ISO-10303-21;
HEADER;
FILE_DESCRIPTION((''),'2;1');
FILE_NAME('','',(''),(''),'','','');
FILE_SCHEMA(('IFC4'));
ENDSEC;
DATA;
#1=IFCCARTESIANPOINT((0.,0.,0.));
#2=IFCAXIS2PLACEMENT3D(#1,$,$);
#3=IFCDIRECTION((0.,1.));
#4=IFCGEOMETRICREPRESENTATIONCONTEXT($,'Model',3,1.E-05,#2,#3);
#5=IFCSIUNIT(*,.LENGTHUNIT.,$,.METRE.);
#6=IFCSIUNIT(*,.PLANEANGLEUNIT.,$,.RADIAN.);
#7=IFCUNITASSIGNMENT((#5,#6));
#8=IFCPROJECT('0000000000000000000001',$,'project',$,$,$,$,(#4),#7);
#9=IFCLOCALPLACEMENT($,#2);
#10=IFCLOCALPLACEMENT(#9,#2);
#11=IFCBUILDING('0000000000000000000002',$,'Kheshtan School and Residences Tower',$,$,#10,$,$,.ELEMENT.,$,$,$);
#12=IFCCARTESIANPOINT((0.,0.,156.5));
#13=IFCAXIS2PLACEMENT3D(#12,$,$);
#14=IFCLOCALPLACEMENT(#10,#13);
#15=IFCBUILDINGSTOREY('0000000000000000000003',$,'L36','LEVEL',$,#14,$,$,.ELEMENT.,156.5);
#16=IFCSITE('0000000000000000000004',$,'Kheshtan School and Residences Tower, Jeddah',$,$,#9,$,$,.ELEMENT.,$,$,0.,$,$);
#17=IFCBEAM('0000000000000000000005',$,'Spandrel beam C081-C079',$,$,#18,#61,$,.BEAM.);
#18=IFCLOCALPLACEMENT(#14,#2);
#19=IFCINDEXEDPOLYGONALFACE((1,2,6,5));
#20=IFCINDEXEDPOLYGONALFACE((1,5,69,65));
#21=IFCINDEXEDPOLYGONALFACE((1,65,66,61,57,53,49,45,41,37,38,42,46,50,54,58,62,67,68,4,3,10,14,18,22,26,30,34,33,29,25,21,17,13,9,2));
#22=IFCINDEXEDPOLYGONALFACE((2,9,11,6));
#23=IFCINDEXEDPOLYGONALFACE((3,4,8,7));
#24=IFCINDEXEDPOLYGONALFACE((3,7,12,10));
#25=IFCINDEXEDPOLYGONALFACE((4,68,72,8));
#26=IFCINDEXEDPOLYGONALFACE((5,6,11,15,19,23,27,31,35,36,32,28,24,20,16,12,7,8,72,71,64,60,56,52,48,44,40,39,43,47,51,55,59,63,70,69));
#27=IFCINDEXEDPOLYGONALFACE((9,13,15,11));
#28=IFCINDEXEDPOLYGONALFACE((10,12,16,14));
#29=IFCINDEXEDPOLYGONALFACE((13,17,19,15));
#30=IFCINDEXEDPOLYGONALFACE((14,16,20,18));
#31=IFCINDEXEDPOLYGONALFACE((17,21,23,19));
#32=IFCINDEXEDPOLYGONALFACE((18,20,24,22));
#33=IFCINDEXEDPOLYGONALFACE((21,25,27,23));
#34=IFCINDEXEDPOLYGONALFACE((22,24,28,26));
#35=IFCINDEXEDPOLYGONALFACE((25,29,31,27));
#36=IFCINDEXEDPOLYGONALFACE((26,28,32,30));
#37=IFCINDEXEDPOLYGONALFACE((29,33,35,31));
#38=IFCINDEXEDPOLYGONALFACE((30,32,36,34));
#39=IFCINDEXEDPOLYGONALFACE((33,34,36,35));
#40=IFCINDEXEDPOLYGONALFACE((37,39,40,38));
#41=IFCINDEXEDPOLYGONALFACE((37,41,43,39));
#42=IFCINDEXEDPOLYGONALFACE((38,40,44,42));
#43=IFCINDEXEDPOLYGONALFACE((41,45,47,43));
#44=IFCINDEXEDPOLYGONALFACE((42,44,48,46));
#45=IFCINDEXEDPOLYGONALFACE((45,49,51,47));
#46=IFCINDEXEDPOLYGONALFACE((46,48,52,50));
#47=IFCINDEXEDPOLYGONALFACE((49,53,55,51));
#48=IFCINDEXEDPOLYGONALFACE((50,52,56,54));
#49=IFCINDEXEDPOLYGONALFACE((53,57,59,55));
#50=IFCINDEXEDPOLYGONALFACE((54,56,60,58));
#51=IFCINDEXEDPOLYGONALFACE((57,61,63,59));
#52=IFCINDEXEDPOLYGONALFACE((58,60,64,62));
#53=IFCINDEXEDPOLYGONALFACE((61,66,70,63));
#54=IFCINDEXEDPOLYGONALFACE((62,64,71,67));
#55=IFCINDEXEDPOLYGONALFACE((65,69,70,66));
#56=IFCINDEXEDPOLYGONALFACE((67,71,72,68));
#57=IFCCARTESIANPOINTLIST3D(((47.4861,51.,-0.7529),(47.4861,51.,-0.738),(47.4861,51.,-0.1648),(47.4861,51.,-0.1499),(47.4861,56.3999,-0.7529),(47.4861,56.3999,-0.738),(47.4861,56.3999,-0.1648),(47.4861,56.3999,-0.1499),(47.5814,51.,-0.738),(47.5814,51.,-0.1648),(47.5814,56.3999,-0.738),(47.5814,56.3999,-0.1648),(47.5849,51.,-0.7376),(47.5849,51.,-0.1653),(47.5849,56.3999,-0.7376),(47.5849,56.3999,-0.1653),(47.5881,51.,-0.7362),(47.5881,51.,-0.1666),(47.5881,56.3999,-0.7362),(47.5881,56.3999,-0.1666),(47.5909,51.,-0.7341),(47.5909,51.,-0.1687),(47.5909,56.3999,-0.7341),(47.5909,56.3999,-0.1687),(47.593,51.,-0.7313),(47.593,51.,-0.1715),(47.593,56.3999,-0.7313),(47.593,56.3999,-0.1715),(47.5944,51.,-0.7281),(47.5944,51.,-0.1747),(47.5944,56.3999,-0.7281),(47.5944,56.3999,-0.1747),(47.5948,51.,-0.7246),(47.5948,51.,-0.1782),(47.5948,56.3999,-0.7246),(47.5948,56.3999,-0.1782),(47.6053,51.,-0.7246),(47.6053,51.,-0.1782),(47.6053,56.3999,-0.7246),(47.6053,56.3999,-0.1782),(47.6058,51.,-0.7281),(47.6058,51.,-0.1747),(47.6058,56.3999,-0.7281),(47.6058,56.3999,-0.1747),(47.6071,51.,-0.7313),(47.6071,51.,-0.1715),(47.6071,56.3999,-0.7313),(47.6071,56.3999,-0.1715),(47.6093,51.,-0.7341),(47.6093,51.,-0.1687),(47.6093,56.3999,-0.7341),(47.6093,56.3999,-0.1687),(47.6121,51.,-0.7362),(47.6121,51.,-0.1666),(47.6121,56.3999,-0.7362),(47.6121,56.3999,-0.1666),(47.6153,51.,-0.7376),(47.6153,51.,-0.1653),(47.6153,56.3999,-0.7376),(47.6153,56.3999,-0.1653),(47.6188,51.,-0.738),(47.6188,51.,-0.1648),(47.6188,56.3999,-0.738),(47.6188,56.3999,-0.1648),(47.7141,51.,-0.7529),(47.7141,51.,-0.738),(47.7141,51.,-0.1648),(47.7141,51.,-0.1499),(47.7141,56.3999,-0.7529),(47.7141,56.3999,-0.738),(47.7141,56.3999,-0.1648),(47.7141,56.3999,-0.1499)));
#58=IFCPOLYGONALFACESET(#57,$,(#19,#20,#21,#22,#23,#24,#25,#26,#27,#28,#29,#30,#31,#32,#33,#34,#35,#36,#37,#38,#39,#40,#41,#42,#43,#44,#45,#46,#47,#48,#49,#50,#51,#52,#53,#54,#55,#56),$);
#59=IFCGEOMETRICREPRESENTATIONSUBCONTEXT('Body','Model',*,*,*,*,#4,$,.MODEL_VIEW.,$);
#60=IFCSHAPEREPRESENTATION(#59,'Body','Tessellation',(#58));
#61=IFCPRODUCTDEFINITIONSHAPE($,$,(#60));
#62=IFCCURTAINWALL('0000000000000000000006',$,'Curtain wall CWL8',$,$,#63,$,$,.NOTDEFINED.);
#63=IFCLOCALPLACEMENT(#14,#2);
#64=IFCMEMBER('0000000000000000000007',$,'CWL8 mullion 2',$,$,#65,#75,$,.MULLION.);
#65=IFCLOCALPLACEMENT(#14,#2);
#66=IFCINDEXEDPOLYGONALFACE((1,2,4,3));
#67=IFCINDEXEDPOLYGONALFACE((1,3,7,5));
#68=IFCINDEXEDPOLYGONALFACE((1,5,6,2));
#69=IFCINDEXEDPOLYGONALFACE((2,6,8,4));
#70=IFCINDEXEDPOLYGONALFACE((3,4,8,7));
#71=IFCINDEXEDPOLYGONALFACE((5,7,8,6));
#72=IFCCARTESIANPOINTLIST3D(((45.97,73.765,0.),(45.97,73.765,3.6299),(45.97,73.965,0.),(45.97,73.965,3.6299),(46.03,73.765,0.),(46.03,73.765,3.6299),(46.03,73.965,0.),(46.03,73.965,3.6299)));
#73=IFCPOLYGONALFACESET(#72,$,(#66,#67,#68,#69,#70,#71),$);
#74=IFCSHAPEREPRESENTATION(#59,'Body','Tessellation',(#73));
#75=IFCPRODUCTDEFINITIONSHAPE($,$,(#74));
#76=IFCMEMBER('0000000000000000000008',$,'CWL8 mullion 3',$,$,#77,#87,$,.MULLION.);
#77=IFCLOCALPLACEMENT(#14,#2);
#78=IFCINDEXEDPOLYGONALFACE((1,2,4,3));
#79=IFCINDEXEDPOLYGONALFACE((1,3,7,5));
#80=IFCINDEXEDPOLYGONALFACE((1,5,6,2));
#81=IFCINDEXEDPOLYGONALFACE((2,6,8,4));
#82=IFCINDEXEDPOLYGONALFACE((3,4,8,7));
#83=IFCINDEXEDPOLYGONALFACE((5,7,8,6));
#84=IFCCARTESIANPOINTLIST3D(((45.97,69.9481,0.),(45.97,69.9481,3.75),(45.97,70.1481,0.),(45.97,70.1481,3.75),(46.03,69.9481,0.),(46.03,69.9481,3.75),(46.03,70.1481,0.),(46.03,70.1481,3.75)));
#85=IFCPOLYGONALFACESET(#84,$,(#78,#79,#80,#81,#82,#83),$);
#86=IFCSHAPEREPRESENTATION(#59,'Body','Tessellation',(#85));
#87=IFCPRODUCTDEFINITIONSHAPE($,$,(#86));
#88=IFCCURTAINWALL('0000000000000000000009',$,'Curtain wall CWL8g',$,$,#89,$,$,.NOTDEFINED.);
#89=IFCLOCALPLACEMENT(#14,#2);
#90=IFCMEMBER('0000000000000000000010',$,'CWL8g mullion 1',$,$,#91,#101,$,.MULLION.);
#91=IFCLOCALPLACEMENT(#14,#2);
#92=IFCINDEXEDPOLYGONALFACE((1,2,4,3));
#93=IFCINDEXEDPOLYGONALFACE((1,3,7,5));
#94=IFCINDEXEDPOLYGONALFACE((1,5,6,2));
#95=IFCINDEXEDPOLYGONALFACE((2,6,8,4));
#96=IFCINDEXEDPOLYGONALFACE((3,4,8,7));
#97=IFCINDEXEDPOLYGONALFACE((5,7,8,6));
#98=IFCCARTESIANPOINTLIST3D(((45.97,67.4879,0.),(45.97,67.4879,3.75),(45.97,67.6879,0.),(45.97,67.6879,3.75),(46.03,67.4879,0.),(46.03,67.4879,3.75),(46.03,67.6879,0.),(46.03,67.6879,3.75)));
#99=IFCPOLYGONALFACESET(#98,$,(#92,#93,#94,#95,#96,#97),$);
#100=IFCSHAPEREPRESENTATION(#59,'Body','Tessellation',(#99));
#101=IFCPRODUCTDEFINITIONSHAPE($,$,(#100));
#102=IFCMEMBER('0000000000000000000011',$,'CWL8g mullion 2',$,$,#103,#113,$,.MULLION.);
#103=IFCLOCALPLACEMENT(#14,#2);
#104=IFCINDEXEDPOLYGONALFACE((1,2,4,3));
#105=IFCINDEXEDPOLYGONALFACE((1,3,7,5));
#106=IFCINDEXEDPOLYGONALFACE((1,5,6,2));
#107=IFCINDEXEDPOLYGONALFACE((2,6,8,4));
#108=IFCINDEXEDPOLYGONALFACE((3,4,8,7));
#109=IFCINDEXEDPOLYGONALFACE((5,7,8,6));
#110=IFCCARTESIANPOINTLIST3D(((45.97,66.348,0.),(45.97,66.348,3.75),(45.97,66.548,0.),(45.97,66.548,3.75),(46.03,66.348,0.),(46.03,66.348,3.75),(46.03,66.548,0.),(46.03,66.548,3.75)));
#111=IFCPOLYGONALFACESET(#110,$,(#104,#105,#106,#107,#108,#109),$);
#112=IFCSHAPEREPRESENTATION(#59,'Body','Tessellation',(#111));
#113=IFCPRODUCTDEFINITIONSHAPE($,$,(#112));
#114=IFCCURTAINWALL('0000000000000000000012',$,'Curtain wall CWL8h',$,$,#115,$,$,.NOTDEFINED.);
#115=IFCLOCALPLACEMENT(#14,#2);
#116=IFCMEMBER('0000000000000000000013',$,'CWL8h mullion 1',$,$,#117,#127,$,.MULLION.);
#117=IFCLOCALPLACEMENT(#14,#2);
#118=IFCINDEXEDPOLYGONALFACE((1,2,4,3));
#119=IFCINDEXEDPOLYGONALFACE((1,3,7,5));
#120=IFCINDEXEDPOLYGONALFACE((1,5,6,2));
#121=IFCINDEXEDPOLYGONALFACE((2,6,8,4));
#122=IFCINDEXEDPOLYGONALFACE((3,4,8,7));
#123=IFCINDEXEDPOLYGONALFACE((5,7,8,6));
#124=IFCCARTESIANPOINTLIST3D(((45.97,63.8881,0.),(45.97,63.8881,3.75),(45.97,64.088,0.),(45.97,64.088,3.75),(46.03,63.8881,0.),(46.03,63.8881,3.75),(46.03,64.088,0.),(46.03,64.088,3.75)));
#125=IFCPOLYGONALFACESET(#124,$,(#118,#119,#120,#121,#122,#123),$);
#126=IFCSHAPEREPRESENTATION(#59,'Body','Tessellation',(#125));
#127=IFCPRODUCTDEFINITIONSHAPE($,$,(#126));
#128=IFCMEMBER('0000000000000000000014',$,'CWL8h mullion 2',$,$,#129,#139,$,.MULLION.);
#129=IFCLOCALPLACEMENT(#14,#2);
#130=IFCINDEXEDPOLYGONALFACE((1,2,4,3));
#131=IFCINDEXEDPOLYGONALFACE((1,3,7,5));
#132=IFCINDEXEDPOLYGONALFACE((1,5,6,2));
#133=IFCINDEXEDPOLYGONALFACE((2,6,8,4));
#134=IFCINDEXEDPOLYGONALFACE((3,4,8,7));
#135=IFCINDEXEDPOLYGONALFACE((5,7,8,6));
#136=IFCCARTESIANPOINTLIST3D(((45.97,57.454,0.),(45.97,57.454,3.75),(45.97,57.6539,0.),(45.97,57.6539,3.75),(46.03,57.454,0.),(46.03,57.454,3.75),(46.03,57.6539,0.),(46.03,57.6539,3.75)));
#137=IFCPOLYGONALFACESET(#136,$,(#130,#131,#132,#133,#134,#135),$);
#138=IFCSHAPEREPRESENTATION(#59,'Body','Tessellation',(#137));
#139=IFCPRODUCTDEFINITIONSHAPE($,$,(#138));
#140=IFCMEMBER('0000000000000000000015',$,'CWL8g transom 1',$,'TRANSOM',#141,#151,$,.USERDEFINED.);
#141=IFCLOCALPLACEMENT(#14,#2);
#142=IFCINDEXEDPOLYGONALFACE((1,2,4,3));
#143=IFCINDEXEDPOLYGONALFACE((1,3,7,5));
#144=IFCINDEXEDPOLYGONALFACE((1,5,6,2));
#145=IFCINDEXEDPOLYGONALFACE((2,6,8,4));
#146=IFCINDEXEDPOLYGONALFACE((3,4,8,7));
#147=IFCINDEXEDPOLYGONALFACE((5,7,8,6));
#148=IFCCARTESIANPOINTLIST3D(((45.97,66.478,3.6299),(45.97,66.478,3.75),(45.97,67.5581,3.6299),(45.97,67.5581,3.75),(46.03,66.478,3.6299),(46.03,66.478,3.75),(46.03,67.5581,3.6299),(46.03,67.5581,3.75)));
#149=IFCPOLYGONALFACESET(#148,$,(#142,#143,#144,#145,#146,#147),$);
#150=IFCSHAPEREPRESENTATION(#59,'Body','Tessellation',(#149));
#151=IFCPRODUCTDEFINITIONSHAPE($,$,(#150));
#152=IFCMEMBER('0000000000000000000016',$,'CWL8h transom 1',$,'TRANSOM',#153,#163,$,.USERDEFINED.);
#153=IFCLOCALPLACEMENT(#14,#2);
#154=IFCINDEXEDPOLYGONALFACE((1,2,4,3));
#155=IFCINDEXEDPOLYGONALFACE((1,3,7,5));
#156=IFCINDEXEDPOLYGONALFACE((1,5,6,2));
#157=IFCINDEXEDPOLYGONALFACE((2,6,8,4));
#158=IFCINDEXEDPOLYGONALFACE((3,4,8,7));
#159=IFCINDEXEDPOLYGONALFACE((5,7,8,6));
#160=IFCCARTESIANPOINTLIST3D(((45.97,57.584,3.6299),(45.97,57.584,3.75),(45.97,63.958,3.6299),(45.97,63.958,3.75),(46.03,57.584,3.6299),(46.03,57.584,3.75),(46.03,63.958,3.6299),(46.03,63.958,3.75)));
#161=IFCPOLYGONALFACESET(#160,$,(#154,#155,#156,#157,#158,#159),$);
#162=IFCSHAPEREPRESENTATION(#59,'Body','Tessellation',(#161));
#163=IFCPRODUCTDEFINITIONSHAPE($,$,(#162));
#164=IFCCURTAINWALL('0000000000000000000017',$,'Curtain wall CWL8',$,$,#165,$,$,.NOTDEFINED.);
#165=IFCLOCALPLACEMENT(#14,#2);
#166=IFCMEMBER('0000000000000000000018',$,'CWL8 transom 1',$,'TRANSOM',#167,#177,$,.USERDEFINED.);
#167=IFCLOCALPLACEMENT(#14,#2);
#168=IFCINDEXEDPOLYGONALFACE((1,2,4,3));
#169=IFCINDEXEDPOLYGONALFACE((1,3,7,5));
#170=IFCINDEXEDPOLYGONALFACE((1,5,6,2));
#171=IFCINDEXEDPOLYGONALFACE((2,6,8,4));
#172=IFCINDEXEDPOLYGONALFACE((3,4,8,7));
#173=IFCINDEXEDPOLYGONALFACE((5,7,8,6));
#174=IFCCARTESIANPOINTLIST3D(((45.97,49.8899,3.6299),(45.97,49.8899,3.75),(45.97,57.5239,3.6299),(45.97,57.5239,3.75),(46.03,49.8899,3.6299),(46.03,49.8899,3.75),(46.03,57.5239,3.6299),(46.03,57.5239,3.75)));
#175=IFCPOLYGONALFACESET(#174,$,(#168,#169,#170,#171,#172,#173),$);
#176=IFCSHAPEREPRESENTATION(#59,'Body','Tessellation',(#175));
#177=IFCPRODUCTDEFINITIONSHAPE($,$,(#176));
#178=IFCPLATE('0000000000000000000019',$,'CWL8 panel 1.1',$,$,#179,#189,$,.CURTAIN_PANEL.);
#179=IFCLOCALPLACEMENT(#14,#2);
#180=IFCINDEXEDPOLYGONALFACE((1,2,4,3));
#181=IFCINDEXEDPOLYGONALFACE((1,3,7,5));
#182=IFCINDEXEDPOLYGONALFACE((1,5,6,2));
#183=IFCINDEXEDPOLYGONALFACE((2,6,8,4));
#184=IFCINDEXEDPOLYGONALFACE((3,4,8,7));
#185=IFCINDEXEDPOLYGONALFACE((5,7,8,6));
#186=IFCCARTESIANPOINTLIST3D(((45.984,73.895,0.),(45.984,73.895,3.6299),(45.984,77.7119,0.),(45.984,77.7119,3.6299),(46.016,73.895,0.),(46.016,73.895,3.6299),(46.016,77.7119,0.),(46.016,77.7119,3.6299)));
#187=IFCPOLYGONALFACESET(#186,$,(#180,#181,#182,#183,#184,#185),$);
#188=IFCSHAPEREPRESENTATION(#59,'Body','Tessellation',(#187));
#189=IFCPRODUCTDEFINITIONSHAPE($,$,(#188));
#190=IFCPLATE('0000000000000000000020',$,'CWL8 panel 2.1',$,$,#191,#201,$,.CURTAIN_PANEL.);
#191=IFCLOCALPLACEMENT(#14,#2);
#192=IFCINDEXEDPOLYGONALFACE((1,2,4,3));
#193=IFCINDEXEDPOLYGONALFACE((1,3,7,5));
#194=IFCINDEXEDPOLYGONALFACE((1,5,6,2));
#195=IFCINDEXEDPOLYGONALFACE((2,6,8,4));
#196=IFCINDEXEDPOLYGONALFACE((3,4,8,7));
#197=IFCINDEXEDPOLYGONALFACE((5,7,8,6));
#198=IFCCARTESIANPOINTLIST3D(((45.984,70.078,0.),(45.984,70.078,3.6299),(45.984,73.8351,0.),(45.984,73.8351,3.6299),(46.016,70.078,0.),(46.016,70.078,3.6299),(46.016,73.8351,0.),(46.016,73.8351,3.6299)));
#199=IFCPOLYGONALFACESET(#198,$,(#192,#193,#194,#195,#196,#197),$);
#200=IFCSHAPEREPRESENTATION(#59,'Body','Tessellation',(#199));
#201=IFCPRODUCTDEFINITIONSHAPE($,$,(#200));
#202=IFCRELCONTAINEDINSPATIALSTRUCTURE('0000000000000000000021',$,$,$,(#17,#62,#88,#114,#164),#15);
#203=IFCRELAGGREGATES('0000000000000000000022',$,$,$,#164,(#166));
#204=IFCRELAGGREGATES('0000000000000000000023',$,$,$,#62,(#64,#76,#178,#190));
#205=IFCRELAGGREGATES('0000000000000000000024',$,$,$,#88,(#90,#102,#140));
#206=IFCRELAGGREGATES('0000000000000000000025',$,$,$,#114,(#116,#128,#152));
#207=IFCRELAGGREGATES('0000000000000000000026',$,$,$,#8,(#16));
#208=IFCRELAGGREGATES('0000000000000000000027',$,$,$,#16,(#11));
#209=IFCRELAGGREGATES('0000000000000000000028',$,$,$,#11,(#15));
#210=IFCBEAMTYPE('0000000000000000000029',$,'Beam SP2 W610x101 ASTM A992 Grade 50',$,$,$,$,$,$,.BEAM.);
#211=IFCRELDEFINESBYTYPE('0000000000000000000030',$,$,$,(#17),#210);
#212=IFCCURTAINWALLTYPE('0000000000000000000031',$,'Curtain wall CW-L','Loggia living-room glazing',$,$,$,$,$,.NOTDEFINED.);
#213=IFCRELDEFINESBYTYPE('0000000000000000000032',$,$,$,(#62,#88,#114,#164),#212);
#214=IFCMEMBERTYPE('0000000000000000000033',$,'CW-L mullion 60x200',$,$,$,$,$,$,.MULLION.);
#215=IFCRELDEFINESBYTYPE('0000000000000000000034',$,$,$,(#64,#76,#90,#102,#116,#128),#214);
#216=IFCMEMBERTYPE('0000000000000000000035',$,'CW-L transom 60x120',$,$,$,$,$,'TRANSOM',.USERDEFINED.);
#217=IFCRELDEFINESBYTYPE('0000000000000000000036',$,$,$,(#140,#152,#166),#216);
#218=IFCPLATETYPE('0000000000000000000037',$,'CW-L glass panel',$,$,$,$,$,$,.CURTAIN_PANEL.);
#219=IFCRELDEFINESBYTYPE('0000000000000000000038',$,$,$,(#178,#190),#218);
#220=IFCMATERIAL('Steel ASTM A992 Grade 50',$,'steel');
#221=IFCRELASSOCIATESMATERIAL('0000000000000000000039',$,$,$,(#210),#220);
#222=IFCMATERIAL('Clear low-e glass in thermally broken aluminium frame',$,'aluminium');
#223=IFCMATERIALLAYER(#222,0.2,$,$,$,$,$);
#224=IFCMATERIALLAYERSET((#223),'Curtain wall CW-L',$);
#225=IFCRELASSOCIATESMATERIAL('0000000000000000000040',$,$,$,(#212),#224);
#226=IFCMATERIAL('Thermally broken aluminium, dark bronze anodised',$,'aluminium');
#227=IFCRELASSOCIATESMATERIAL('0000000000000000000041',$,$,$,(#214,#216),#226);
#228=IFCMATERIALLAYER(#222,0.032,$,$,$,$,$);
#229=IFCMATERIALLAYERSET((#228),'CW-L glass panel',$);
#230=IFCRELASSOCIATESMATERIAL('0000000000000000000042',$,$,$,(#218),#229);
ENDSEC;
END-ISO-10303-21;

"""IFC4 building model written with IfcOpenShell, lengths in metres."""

from ifc_helpers import new_model, si_unit, direction, frame, origin, origin_2d, place, context, subcontext, project, spatial, rectangle, i_section, extrude, material, layer, layer_set, material_profile, profile_set, type_object, element, aggregate, save


model = new_model("IFC4")

# Units and contexts
model_context = context("Model", 3, precision=1e-05, world=origin(), true_north=direction((0.0, 1.0)))
body_context = subcontext(model_context, "Body", "Model", "MODEL_VIEW")
ifc_project = project(units=[si_unit("LENGTHUNIT", "METRE"), si_unit("PLANEANGLEUNIT", "RADIAN")], contexts=[model_context])

# Site, building, storey
site_placement = place(None, origin())
site = spatial("IfcSite", under=ifc_project, at=site_placement, Name="Kheshtan School and Residences Tower, Jeddah", CompositionType="ELEMENT", RefElevation=0.0)
building_placement = place(site_placement, origin())
building = spatial("IfcBuilding", under=site, at=building_placement, Name="Kheshtan School and Residences Tower", CompositionType="ELEMENT")
storey_placement = place(building_placement, frame((0.0, 0.0, 156.5)))
storey = spatial("IfcBuildingStorey", under=building, at=storey_placement, Name="L36", Description="LEVEL", CompositionType="ELEMENT", Elevation=156.5)

# Shared definitions
ifc_material_1 = material(Name="Steel ASTM A992 Grade 50", Category="steel")

# Beam
ifc_material_profile_1 = material_profile(ifc_material_1, i_section(OverallWidth=0.228, OverallDepth=0.603, WebThickness=0.0105, FlangeThickness=0.0149, FilletRadius=0.0134, at=origin_2d()), Name="W610x101")
ifc_profile_set_1 = profile_set([ifc_material_profile_1], Name="Steel ASTM A992 Grade 50")
beam_type_1 = type_object("IfcBeamType", Name="Beam SP2 W610x101 ASTM A992 Grade 50", PredefinedType="BEAM", material=ifc_profile_set_1)
beam_1_placement = place(storey_placement, frame((47.6001, 56.3999, -0.4514), z_axis=(0.0, -1.0, 0.0), x_axis=(1.0, 0.0, 0.0)))
element("IfcBeam", 1, at=beam_1_placement, inside=storey, type_object=beam_type_1, Name="Spandrel beam C081-C079", PredefinedType="BEAM", context=body_context, shape_type="SweptSolid", body=[
    extrude(i_section(OverallWidth=0.228, OverallDepth=0.603, WebThickness=0.0105, FlangeThickness=0.0149, FilletRadius=0.0134, at=origin_2d()), origin(), (0.0, 0.0, 1.0), 5.3999),
])

# Curtain walls, members
ifc_material_2 = material(Name="Clear low-e glass in thermally broken aluminium frame", Category="aluminium")
ifc_layer_1 = layer(ifc_material_2, 0.2)
ifc_layer_set_1 = layer_set([ifc_layer_1], Name="Curtain wall CW-L")
curtain_wall_type = type_object("IfcCurtainWallType", Name="Curtain wall CW-L", Description="Loggia living-room glazing", PredefinedType="NOTDEFINED", material=ifc_layer_set_1)
curtain_wall_1_placement = place(storey_placement, origin())
curtain_wall_1 = element("IfcCurtainWall", 2, at=curtain_wall_1_placement, inside=storey, type_object=curtain_wall_type, Name="Curtain wall CWL8", PredefinedType="NOTDEFINED")
ifc_material_3 = material(Name="Thermally broken aluminium, dark bronze anodised", Category="aluminium")
ifc_material_profile_2 = material_profile(ifc_material_3, rectangle(XDim=0.0601, YDim=0.2, at=origin_2d()), Name="CW-L mullion 60x200")
ifc_profile_set_2 = profile_set([ifc_material_profile_2], Name="Thermally broken aluminium, dark bronze anodised")
member_type_1 = type_object("IfcMemberType", Name="CW-L mullion 60x200", PredefinedType="MULLION", material=ifc_profile_set_2)
member_1_placement = place(storey_placement, frame((46.0, 73.865, 0.0), z_axis=(0.0, 0.0, 1.0), x_axis=(1.0, 0.0, 0.0)))
member_1 = element("IfcMember", 3, at=member_1_placement, type_object=member_type_1, Name="CWL8 mullion 2", PredefinedType="MULLION", context=body_context, shape_type="SweptSolid", body=[
    extrude(rectangle(XDim=0.0601, YDim=0.2, at=origin_2d()), origin(), (0.0, 0.0, 1.0), 3.6299),
])
member_2_placement = place(storey_placement, frame((46.0, 70.0481, 0.0), z_axis=(0.0, 0.0, 1.0), x_axis=(1.0, 0.0, 0.0)))
member_2 = element("IfcMember", 4, at=member_2_placement, type_object=member_type_1, Name="CWL8 mullion 3", PredefinedType="MULLION", context=body_context, shape_type="SweptSolid", body=[
    extrude(rectangle(XDim=0.0601, YDim=0.2, at=origin_2d()), origin(), (0.0, 0.0, 1.0), 3.75),
])
curtain_wall_2_placement = place(storey_placement, origin())
curtain_wall_2 = element("IfcCurtainWall", 5, at=curtain_wall_2_placement, inside=storey, type_object=curtain_wall_type, Name="Curtain wall CWL8g", PredefinedType="NOTDEFINED")
member_3_placement = place(storey_placement, frame((46.0, 67.5879, 0.0), z_axis=(0.0, 0.0, 1.0), x_axis=(1.0, 0.0, 0.0)))
member_3 = element("IfcMember", 6, at=member_3_placement, type_object=member_type_1, Name="CWL8g mullion 1", PredefinedType="MULLION", context=body_context, shape_type="SweptSolid", body=[
    extrude(rectangle(XDim=0.0601, YDim=0.2, at=origin_2d()), origin(), (0.0, 0.0, 1.0), 3.75),
])
member_4_placement = place(storey_placement, frame((46.0, 66.448, 0.0), z_axis=(0.0, 0.0, 1.0), x_axis=(1.0, 0.0, 0.0)))
member_4 = element("IfcMember", 7, at=member_4_placement, type_object=member_type_1, Name="CWL8g mullion 2", PredefinedType="MULLION", context=body_context, shape_type="SweptSolid", body=[
    extrude(rectangle(XDim=0.0601, YDim=0.2, at=origin_2d()), origin(), (0.0, 0.0, 1.0), 3.75),
])
curtain_wall_3_placement = place(storey_placement, origin())
curtain_wall_3 = element("IfcCurtainWall", 8, at=curtain_wall_3_placement, inside=storey, type_object=curtain_wall_type, Name="Curtain wall CWL8h", PredefinedType="NOTDEFINED")
member_5_placement = place(storey_placement, frame((46.0, 63.988, 0.0), z_axis=(0.0, 0.0, 1.0), x_axis=(1.0, 0.0, 0.0)))
member_5 = element("IfcMember", 9, at=member_5_placement, type_object=member_type_1, Name="CWL8h mullion 1", PredefinedType="MULLION", context=body_context, shape_type="SweptSolid", body=[
    extrude(rectangle(XDim=0.0601, YDim=0.2, at=origin_2d()), origin(), (0.0, 0.0, 1.0), 3.75),
])
member_6_placement = place(storey_placement, frame((46.0, 57.554, 0.0), z_axis=(0.0, 0.0, 1.0), x_axis=(1.0, 0.0, 0.0)))
member_6 = element("IfcMember", 10, at=member_6_placement, type_object=member_type_1, Name="CWL8h mullion 2", PredefinedType="MULLION", context=body_context, shape_type="SweptSolid", body=[
    extrude(rectangle(XDim=0.0601, YDim=0.2, at=origin_2d()), origin(), (0.0, 0.0, 1.0), 3.75),
])

# Members
ifc_material_profile_3 = material_profile(ifc_material_3, rectangle(XDim=0.0601, YDim=0.1201, at=origin_2d()), Name="CW-L transom 60x120")
ifc_profile_set_3 = profile_set([ifc_material_profile_3], Name="Thermally broken aluminium, dark bronze anodised")
member_type_2 = type_object("IfcMemberType", Name="CW-L transom 60x120", ElementType="TRANSOM", PredefinedType="USERDEFINED", material=ifc_profile_set_3)
member_7_placement = place(storey_placement, frame((46.0, 67.5581, 3.6899), z_axis=(0.0, -1.0, 0.0), x_axis=(1.0, 0.0, 0.0)))
member_7 = element("IfcMember", 11, at=member_7_placement, type_object=member_type_2, Name="CWL8g transom 1", ObjectType="TRANSOM", PredefinedType="USERDEFINED", context=body_context, shape_type="SweptSolid", body=[
    extrude(rectangle(XDim=0.0601, YDim=0.1201, at=origin_2d()), origin(), (0.0, 0.0, 1.0), 1.0801),
])
member_8_placement = place(storey_placement, frame((46.0, 63.958, 3.6899), z_axis=(0.0, -1.0, 0.0), x_axis=(1.0, 0.0, 0.0)))
member_8 = element("IfcMember", 12, at=member_8_placement, type_object=member_type_2, Name="CWL8h transom 1", ObjectType="TRANSOM", PredefinedType="USERDEFINED", context=body_context, shape_type="SweptSolid", body=[
    extrude(rectangle(XDim=0.0601, YDim=0.1201, at=origin_2d()), origin(), (0.0, 0.0, 1.0), 6.374),
])

# Curtain wall, member
curtain_wall_4_placement = place(storey_placement, origin())
curtain_wall_4 = element("IfcCurtainWall", 13, at=curtain_wall_4_placement, inside=storey, type_object=curtain_wall_type, Name="Curtain wall CWL8", PredefinedType="NOTDEFINED")
member_9_placement = place(storey_placement, frame((46.0, 57.5239, 3.6899), z_axis=(0.0, -1.0, 0.0), x_axis=(1.0, 0.0, 0.0)))
member_9 = element("IfcMember", 14, at=member_9_placement, type_object=member_type_2, Name="CWL8 transom 1", ObjectType="TRANSOM", PredefinedType="USERDEFINED", context=body_context, shape_type="SweptSolid", body=[
    extrude(rectangle(XDim=0.0601, YDim=0.1201, at=origin_2d()), origin(), (0.0, 0.0, 1.0), 7.634),
])
aggregate(curtain_wall_4, [member_9])

# Plates
ifc_layer_2 = layer(ifc_material_2, 0.032)
ifc_layer_set_2 = layer_set([ifc_layer_2], Name="CW-L glass panel")
plate_type = type_object("IfcPlateType", Name="CW-L glass panel", PredefinedType="CURTAIN_PANEL", material=ifc_layer_set_2)
plate_1_placement = place(storey_placement, frame((46.0, 75.8035, 0.0), z_axis=(0.0, 0.0, 1.0), x_axis=(0.0, -1.0, 0.0)))
plate_1 = element("IfcPlate", 15, at=plate_1_placement, type_object=plate_type, Name="CWL8 panel 1.1", PredefinedType="CURTAIN_PANEL", context=body_context, shape_type="SweptSolid", body=[
    extrude(rectangle(XDim=3.8169, YDim=0.032, at=origin_2d()), origin(), (0.0, 0.0, 1.0), 3.6299),
])
plate_2_placement = place(storey_placement, frame((46.0, 71.9565, 0.0), z_axis=(0.0, 0.0, 1.0), x_axis=(0.0, -1.0, 0.0)))
plate_2 = element("IfcPlate", 16, at=plate_2_placement, type_object=plate_type, Name="CWL8 panel 2.1", PredefinedType="CURTAIN_PANEL", context=body_context, shape_type="SweptSolid", body=[
    extrude(rectangle(XDim=3.7571, YDim=0.032, at=origin_2d()), origin(), (0.0, 0.0, 1.0), 3.6299),
])
aggregate(curtain_wall_1, [member_1, member_2, plate_1, plate_2])
aggregate(curtain_wall_2, [member_3, member_4, member_7])
aggregate(curtain_wall_3, [member_5, member_6, member_8])

save(model, "model.ifc")
